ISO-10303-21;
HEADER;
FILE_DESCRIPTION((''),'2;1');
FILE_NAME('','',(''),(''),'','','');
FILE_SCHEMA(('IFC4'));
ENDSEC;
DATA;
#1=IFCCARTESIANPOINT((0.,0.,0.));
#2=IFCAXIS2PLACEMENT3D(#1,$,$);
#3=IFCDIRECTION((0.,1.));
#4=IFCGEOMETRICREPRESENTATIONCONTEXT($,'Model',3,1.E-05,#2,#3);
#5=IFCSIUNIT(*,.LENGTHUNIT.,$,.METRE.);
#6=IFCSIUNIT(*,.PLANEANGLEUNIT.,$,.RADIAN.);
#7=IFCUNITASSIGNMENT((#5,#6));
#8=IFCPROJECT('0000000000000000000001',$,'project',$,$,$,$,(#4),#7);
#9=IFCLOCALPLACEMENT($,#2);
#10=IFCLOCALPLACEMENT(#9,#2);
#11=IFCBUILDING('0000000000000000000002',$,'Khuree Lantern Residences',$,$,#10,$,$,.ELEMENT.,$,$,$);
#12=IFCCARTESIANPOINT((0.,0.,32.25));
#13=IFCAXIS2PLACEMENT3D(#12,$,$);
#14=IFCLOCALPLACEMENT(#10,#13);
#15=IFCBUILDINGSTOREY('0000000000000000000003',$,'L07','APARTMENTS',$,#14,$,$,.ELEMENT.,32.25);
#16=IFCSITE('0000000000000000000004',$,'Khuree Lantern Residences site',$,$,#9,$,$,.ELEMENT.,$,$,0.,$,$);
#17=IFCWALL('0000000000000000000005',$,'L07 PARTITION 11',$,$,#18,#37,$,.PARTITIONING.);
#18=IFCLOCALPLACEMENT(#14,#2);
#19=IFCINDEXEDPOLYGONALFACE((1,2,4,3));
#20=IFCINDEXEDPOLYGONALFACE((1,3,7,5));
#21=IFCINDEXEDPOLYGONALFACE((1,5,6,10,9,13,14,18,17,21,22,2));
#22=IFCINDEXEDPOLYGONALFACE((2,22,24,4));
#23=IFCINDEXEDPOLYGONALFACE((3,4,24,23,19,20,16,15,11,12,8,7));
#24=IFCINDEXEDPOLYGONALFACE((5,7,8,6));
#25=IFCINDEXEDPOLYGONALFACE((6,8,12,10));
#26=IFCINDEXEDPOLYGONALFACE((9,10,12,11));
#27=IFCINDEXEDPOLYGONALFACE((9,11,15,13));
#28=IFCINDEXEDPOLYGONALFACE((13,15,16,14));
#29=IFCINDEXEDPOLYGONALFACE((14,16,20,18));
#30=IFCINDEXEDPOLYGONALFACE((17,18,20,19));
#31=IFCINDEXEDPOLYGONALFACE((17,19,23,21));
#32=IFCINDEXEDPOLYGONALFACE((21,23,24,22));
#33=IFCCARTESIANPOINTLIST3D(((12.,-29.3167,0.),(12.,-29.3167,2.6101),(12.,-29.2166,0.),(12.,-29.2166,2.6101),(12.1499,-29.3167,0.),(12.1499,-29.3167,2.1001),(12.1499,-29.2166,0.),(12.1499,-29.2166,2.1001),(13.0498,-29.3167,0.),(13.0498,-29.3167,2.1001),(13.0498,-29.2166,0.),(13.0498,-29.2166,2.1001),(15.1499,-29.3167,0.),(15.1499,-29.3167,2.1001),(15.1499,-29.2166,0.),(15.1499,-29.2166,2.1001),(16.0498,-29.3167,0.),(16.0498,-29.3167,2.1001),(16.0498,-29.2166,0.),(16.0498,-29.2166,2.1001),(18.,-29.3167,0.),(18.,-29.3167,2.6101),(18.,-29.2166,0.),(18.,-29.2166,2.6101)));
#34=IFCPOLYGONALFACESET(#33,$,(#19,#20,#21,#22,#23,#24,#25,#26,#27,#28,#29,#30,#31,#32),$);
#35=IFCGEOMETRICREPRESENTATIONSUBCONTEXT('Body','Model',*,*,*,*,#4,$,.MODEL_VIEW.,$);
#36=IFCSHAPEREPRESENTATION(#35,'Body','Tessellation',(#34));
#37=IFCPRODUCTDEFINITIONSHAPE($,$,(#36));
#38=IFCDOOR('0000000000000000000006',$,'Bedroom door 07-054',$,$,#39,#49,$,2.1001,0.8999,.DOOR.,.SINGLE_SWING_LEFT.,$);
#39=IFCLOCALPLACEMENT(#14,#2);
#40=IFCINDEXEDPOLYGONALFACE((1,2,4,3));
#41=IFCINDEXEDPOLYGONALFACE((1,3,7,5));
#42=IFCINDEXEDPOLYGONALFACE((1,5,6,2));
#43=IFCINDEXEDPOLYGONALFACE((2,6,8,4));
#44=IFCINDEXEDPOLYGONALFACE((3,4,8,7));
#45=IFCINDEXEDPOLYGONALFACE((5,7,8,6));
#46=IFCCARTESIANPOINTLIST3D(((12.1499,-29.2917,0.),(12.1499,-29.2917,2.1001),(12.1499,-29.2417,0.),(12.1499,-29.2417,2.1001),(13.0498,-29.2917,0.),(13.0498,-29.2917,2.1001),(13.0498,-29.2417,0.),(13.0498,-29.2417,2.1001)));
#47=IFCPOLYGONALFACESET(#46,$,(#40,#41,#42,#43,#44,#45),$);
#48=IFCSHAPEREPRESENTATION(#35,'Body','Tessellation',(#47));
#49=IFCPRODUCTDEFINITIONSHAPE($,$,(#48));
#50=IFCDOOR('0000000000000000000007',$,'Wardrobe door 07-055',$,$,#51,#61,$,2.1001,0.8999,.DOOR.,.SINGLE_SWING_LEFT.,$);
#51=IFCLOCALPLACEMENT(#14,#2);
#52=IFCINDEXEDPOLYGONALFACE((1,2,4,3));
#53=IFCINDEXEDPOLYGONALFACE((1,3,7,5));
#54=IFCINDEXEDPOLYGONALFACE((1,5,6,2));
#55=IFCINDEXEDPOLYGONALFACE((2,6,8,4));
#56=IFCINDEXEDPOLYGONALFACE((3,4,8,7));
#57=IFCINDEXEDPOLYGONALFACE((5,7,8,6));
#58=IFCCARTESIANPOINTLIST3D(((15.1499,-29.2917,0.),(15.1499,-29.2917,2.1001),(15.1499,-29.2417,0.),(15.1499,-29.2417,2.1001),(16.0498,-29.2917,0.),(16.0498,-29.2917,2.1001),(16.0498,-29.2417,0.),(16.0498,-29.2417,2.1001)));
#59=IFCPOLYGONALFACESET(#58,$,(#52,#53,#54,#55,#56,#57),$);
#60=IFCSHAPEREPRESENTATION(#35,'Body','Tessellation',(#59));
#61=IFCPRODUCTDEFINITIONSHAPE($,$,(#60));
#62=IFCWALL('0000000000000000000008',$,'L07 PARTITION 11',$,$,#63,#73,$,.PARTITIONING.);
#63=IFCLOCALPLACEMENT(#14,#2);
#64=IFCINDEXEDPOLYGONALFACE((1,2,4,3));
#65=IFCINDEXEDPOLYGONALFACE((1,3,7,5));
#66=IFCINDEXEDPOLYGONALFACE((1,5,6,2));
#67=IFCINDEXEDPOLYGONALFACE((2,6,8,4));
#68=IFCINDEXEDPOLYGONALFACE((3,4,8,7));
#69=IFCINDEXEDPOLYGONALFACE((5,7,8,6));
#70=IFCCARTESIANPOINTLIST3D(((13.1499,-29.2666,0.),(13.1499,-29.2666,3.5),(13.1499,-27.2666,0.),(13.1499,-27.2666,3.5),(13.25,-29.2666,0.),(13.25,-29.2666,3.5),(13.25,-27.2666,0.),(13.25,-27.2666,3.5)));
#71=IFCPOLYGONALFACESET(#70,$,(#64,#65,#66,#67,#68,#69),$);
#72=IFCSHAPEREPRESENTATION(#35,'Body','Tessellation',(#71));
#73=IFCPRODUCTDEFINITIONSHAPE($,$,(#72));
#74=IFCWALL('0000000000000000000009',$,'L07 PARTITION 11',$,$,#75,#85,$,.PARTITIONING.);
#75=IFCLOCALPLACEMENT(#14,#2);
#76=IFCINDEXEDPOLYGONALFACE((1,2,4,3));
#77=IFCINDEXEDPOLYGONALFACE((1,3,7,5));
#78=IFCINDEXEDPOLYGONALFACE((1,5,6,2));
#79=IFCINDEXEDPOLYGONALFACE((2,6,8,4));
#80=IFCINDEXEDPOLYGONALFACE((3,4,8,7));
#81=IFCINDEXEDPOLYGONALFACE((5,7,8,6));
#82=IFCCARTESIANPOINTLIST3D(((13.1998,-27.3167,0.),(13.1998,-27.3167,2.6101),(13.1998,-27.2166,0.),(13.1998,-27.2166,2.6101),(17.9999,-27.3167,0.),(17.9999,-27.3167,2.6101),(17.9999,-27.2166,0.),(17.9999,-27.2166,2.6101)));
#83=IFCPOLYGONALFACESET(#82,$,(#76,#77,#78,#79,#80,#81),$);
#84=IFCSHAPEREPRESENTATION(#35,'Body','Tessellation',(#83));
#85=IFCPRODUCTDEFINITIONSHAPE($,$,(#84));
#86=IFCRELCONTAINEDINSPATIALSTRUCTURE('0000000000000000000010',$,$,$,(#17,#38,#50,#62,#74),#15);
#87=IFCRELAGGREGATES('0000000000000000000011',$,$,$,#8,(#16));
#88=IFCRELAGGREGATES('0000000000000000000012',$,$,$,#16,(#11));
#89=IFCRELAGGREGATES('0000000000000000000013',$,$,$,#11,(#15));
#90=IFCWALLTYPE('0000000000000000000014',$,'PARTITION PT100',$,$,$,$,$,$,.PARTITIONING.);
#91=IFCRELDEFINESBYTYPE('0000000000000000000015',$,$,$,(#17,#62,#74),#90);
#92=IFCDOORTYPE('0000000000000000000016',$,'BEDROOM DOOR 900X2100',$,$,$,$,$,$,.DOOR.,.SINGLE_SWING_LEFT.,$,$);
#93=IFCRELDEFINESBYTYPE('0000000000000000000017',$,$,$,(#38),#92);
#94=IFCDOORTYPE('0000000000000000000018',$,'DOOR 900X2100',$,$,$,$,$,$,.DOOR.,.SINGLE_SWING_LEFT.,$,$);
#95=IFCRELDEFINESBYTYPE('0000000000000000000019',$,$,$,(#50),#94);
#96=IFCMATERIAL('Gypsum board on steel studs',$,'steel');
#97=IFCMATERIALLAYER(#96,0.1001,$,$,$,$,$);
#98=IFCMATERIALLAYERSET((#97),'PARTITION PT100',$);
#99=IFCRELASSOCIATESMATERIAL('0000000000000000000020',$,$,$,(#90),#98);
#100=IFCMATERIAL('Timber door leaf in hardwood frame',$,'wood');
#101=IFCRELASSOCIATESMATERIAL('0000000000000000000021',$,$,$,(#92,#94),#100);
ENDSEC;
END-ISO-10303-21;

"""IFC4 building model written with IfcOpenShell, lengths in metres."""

from ifc_helpers import new_model, si_unit, direction, frame, frame_2d, origin, place, context, subcontext, project, spatial, rectangle, extrude, material, layer, layer_set, type_object, element, fill, save


model = new_model("IFC4")

# Units and contexts
model_context = context("Model", 3, precision=1e-05, world=origin(), true_north=direction((0.0, 1.0)))
body_context = subcontext(model_context, "Body", "Model", "MODEL_VIEW")
ifc_project = project(units=[si_unit("LENGTHUNIT", "METRE"), si_unit("PLANEANGLEUNIT", "RADIAN")], contexts=[model_context])

# Site, building, storey
site_placement = place(None, origin())
site = spatial("IfcSite", under=ifc_project, at=site_placement, Name="Khuree Lantern Residences site", CompositionType="ELEMENT", RefElevation=0.0)
building_placement = place(site_placement, origin())
building = spatial("IfcBuilding", under=site, at=building_placement, Name="Khuree Lantern Residences", CompositionType="ELEMENT")
storey_placement = place(building_placement, frame((0.0, 0.0, 32.25)))
storey = spatial("IfcBuildingStorey", under=building, at=storey_placement, Name="L07", Description="APARTMENTS", CompositionType="ELEMENT", Elevation=32.25)

# Shared definitions
ifc_material_1 = material(Name="Gypsum board on steel studs", Category="steel")
ifc_layer_1 = layer(ifc_material_1, 0.1001)
ifc_layer_set_1 = layer_set([ifc_layer_1], Name="PARTITION PT100")
wall_type = type_object("IfcWallType", Name="PARTITION PT100", PredefinedType="PARTITIONING", material=ifc_layer_set_1)

# Shared definitions
ifc_material_2 = material(Name="Timber door leaf in hardwood frame", Category="wood")
door_type_1 = type_object("IfcDoorType", Name="BEDROOM DOOR 900X2100", OperationType="SINGLE_SWING_LEFT", PredefinedType="DOOR", material=ifc_material_2)

# Wall, openings, doors
wall_1_placement = place(storey_placement, frame((12.0, -29.2666, 0.0), z_axis=(0.0, 0.0, 1.0), x_axis=(1.0, 0.0, 0.0)))
wall_1 = element("IfcWall", 1, at=wall_1_placement, inside=storey, type_object=wall_type, Name="L07 PARTITION 11", PredefinedType="PARTITIONING", context=body_context, shape_type="SweptSolid", body=[
    extrude(rectangle(XDim=6.0, YDim=0.1001, at=frame_2d((3.0, 0.0))), origin(), (0.0, 0.0, 1.0), 2.6101),
])
opening_1_placement = place(wall_1_placement, frame((0.1499, 0.0, 0.0)))
opening_1 = element("IfcOpeningElement", 2, at=opening_1_placement, cuts=wall_1, PredefinedType="OPENING", context=body_context, shape_type="SweptSolid", body=[
    extrude(rectangle(XDim=0.8999, YDim=2.1001, at=frame_2d((0.45, 1.05))), frame((0.0, 0.0601, 0.0), z_axis=(0.0, -1.0, 0.0), x_axis=(1.0, 0.0, 0.0)), (0.0, 0.0, 1.0), 0.1201),
])
opening_2_placement = place(wall_1_placement, frame((3.1499, 0.0, 0.0)))
opening_2 = element("IfcOpeningElement", 3, at=opening_2_placement, cuts=wall_1, PredefinedType="OPENING", context=body_context, shape_type="SweptSolid", body=[
    extrude(rectangle(XDim=0.8999, YDim=2.1001, at=frame_2d((0.45, 1.05))), frame((0.0, 0.0601, 0.0), z_axis=(0.0, -1.0, 0.0), x_axis=(1.0, 0.0, 0.0)), (0.0, 0.0, 1.0), 0.1201),
])
door_1_placement = place(opening_1_placement, origin())
door_1 = element("IfcDoor", 4, at=door_1_placement, inside=storey, type_object=door_type_1, Name="Bedroom door 07-054", OperationType="SINGLE_SWING_LEFT", OverallHeight=2.1001, OverallWidth=0.8999, PredefinedType="DOOR", context=body_context, shape_type="SweptSolid", body=[
    extrude(rectangle(XDim=0.8999, YDim=2.1001, at=frame_2d((0.45, 1.05))), frame((0.0, 0.0249, 0.0), z_axis=(0.0, -1.0, 0.0), x_axis=(1.0, 0.0, 0.0)), (0.0, 0.0, 1.0), 0.05),
])
fill(opening_1, door_1)
door_type_2 = type_object("IfcDoorType", Name="DOOR 900X2100", OperationType="SINGLE_SWING_LEFT", PredefinedType="DOOR", material=ifc_material_2)
door_2_placement = place(opening_2_placement, origin())
door_2 = element("IfcDoor", 5, at=door_2_placement, inside=storey, type_object=door_type_2, Name="Wardrobe door 07-055", OperationType="SINGLE_SWING_LEFT", OverallHeight=2.1001, OverallWidth=0.8999, PredefinedType="DOOR", context=body_context, shape_type="SweptSolid", body=[
    extrude(rectangle(XDim=0.8999, YDim=2.1001, at=frame_2d((0.45, 1.05))), frame((0.0, 0.0249, 0.0), z_axis=(0.0, -1.0, 0.0), x_axis=(1.0, 0.0, 0.0)), (0.0, 0.0, 1.0), 0.05),
])
fill(opening_2, door_2)

# Walls
wall_2_placement = place(storey_placement, frame((13.2, -27.2666, 0.0), z_axis=(0.0, 0.0, 1.0), x_axis=(0.0, -1.0, 0.0)))
element("IfcWall", 6, at=wall_2_placement, inside=storey, type_object=wall_type, Name="L07 PARTITION 11", PredefinedType="PARTITIONING", context=body_context, shape_type="SweptSolid", body=[
    extrude(rectangle(XDim=2.0, YDim=0.1001, at=frame_2d((1.0, 0.0))), origin(), (0.0, 0.0, 1.0), 3.5),
])
wall_3_placement = place(storey_placement, frame((13.2, -27.2666, 0.0), z_axis=(0.0, 0.0, 1.0), x_axis=(1.0, 0.0, 0.0)))
element("IfcWall", 7, at=wall_3_placement, inside=storey, type_object=wall_type, Name="L07 PARTITION 11", PredefinedType="PARTITIONING", context=body_context, shape_type="SweptSolid", body=[
    extrude(rectangle(XDim=4.8, YDim=0.1001, at=frame_2d((2.3999, 0.0))), origin(), (0.0, 0.0, 1.0), 2.6101),
])

save(model, "model.ifc")
